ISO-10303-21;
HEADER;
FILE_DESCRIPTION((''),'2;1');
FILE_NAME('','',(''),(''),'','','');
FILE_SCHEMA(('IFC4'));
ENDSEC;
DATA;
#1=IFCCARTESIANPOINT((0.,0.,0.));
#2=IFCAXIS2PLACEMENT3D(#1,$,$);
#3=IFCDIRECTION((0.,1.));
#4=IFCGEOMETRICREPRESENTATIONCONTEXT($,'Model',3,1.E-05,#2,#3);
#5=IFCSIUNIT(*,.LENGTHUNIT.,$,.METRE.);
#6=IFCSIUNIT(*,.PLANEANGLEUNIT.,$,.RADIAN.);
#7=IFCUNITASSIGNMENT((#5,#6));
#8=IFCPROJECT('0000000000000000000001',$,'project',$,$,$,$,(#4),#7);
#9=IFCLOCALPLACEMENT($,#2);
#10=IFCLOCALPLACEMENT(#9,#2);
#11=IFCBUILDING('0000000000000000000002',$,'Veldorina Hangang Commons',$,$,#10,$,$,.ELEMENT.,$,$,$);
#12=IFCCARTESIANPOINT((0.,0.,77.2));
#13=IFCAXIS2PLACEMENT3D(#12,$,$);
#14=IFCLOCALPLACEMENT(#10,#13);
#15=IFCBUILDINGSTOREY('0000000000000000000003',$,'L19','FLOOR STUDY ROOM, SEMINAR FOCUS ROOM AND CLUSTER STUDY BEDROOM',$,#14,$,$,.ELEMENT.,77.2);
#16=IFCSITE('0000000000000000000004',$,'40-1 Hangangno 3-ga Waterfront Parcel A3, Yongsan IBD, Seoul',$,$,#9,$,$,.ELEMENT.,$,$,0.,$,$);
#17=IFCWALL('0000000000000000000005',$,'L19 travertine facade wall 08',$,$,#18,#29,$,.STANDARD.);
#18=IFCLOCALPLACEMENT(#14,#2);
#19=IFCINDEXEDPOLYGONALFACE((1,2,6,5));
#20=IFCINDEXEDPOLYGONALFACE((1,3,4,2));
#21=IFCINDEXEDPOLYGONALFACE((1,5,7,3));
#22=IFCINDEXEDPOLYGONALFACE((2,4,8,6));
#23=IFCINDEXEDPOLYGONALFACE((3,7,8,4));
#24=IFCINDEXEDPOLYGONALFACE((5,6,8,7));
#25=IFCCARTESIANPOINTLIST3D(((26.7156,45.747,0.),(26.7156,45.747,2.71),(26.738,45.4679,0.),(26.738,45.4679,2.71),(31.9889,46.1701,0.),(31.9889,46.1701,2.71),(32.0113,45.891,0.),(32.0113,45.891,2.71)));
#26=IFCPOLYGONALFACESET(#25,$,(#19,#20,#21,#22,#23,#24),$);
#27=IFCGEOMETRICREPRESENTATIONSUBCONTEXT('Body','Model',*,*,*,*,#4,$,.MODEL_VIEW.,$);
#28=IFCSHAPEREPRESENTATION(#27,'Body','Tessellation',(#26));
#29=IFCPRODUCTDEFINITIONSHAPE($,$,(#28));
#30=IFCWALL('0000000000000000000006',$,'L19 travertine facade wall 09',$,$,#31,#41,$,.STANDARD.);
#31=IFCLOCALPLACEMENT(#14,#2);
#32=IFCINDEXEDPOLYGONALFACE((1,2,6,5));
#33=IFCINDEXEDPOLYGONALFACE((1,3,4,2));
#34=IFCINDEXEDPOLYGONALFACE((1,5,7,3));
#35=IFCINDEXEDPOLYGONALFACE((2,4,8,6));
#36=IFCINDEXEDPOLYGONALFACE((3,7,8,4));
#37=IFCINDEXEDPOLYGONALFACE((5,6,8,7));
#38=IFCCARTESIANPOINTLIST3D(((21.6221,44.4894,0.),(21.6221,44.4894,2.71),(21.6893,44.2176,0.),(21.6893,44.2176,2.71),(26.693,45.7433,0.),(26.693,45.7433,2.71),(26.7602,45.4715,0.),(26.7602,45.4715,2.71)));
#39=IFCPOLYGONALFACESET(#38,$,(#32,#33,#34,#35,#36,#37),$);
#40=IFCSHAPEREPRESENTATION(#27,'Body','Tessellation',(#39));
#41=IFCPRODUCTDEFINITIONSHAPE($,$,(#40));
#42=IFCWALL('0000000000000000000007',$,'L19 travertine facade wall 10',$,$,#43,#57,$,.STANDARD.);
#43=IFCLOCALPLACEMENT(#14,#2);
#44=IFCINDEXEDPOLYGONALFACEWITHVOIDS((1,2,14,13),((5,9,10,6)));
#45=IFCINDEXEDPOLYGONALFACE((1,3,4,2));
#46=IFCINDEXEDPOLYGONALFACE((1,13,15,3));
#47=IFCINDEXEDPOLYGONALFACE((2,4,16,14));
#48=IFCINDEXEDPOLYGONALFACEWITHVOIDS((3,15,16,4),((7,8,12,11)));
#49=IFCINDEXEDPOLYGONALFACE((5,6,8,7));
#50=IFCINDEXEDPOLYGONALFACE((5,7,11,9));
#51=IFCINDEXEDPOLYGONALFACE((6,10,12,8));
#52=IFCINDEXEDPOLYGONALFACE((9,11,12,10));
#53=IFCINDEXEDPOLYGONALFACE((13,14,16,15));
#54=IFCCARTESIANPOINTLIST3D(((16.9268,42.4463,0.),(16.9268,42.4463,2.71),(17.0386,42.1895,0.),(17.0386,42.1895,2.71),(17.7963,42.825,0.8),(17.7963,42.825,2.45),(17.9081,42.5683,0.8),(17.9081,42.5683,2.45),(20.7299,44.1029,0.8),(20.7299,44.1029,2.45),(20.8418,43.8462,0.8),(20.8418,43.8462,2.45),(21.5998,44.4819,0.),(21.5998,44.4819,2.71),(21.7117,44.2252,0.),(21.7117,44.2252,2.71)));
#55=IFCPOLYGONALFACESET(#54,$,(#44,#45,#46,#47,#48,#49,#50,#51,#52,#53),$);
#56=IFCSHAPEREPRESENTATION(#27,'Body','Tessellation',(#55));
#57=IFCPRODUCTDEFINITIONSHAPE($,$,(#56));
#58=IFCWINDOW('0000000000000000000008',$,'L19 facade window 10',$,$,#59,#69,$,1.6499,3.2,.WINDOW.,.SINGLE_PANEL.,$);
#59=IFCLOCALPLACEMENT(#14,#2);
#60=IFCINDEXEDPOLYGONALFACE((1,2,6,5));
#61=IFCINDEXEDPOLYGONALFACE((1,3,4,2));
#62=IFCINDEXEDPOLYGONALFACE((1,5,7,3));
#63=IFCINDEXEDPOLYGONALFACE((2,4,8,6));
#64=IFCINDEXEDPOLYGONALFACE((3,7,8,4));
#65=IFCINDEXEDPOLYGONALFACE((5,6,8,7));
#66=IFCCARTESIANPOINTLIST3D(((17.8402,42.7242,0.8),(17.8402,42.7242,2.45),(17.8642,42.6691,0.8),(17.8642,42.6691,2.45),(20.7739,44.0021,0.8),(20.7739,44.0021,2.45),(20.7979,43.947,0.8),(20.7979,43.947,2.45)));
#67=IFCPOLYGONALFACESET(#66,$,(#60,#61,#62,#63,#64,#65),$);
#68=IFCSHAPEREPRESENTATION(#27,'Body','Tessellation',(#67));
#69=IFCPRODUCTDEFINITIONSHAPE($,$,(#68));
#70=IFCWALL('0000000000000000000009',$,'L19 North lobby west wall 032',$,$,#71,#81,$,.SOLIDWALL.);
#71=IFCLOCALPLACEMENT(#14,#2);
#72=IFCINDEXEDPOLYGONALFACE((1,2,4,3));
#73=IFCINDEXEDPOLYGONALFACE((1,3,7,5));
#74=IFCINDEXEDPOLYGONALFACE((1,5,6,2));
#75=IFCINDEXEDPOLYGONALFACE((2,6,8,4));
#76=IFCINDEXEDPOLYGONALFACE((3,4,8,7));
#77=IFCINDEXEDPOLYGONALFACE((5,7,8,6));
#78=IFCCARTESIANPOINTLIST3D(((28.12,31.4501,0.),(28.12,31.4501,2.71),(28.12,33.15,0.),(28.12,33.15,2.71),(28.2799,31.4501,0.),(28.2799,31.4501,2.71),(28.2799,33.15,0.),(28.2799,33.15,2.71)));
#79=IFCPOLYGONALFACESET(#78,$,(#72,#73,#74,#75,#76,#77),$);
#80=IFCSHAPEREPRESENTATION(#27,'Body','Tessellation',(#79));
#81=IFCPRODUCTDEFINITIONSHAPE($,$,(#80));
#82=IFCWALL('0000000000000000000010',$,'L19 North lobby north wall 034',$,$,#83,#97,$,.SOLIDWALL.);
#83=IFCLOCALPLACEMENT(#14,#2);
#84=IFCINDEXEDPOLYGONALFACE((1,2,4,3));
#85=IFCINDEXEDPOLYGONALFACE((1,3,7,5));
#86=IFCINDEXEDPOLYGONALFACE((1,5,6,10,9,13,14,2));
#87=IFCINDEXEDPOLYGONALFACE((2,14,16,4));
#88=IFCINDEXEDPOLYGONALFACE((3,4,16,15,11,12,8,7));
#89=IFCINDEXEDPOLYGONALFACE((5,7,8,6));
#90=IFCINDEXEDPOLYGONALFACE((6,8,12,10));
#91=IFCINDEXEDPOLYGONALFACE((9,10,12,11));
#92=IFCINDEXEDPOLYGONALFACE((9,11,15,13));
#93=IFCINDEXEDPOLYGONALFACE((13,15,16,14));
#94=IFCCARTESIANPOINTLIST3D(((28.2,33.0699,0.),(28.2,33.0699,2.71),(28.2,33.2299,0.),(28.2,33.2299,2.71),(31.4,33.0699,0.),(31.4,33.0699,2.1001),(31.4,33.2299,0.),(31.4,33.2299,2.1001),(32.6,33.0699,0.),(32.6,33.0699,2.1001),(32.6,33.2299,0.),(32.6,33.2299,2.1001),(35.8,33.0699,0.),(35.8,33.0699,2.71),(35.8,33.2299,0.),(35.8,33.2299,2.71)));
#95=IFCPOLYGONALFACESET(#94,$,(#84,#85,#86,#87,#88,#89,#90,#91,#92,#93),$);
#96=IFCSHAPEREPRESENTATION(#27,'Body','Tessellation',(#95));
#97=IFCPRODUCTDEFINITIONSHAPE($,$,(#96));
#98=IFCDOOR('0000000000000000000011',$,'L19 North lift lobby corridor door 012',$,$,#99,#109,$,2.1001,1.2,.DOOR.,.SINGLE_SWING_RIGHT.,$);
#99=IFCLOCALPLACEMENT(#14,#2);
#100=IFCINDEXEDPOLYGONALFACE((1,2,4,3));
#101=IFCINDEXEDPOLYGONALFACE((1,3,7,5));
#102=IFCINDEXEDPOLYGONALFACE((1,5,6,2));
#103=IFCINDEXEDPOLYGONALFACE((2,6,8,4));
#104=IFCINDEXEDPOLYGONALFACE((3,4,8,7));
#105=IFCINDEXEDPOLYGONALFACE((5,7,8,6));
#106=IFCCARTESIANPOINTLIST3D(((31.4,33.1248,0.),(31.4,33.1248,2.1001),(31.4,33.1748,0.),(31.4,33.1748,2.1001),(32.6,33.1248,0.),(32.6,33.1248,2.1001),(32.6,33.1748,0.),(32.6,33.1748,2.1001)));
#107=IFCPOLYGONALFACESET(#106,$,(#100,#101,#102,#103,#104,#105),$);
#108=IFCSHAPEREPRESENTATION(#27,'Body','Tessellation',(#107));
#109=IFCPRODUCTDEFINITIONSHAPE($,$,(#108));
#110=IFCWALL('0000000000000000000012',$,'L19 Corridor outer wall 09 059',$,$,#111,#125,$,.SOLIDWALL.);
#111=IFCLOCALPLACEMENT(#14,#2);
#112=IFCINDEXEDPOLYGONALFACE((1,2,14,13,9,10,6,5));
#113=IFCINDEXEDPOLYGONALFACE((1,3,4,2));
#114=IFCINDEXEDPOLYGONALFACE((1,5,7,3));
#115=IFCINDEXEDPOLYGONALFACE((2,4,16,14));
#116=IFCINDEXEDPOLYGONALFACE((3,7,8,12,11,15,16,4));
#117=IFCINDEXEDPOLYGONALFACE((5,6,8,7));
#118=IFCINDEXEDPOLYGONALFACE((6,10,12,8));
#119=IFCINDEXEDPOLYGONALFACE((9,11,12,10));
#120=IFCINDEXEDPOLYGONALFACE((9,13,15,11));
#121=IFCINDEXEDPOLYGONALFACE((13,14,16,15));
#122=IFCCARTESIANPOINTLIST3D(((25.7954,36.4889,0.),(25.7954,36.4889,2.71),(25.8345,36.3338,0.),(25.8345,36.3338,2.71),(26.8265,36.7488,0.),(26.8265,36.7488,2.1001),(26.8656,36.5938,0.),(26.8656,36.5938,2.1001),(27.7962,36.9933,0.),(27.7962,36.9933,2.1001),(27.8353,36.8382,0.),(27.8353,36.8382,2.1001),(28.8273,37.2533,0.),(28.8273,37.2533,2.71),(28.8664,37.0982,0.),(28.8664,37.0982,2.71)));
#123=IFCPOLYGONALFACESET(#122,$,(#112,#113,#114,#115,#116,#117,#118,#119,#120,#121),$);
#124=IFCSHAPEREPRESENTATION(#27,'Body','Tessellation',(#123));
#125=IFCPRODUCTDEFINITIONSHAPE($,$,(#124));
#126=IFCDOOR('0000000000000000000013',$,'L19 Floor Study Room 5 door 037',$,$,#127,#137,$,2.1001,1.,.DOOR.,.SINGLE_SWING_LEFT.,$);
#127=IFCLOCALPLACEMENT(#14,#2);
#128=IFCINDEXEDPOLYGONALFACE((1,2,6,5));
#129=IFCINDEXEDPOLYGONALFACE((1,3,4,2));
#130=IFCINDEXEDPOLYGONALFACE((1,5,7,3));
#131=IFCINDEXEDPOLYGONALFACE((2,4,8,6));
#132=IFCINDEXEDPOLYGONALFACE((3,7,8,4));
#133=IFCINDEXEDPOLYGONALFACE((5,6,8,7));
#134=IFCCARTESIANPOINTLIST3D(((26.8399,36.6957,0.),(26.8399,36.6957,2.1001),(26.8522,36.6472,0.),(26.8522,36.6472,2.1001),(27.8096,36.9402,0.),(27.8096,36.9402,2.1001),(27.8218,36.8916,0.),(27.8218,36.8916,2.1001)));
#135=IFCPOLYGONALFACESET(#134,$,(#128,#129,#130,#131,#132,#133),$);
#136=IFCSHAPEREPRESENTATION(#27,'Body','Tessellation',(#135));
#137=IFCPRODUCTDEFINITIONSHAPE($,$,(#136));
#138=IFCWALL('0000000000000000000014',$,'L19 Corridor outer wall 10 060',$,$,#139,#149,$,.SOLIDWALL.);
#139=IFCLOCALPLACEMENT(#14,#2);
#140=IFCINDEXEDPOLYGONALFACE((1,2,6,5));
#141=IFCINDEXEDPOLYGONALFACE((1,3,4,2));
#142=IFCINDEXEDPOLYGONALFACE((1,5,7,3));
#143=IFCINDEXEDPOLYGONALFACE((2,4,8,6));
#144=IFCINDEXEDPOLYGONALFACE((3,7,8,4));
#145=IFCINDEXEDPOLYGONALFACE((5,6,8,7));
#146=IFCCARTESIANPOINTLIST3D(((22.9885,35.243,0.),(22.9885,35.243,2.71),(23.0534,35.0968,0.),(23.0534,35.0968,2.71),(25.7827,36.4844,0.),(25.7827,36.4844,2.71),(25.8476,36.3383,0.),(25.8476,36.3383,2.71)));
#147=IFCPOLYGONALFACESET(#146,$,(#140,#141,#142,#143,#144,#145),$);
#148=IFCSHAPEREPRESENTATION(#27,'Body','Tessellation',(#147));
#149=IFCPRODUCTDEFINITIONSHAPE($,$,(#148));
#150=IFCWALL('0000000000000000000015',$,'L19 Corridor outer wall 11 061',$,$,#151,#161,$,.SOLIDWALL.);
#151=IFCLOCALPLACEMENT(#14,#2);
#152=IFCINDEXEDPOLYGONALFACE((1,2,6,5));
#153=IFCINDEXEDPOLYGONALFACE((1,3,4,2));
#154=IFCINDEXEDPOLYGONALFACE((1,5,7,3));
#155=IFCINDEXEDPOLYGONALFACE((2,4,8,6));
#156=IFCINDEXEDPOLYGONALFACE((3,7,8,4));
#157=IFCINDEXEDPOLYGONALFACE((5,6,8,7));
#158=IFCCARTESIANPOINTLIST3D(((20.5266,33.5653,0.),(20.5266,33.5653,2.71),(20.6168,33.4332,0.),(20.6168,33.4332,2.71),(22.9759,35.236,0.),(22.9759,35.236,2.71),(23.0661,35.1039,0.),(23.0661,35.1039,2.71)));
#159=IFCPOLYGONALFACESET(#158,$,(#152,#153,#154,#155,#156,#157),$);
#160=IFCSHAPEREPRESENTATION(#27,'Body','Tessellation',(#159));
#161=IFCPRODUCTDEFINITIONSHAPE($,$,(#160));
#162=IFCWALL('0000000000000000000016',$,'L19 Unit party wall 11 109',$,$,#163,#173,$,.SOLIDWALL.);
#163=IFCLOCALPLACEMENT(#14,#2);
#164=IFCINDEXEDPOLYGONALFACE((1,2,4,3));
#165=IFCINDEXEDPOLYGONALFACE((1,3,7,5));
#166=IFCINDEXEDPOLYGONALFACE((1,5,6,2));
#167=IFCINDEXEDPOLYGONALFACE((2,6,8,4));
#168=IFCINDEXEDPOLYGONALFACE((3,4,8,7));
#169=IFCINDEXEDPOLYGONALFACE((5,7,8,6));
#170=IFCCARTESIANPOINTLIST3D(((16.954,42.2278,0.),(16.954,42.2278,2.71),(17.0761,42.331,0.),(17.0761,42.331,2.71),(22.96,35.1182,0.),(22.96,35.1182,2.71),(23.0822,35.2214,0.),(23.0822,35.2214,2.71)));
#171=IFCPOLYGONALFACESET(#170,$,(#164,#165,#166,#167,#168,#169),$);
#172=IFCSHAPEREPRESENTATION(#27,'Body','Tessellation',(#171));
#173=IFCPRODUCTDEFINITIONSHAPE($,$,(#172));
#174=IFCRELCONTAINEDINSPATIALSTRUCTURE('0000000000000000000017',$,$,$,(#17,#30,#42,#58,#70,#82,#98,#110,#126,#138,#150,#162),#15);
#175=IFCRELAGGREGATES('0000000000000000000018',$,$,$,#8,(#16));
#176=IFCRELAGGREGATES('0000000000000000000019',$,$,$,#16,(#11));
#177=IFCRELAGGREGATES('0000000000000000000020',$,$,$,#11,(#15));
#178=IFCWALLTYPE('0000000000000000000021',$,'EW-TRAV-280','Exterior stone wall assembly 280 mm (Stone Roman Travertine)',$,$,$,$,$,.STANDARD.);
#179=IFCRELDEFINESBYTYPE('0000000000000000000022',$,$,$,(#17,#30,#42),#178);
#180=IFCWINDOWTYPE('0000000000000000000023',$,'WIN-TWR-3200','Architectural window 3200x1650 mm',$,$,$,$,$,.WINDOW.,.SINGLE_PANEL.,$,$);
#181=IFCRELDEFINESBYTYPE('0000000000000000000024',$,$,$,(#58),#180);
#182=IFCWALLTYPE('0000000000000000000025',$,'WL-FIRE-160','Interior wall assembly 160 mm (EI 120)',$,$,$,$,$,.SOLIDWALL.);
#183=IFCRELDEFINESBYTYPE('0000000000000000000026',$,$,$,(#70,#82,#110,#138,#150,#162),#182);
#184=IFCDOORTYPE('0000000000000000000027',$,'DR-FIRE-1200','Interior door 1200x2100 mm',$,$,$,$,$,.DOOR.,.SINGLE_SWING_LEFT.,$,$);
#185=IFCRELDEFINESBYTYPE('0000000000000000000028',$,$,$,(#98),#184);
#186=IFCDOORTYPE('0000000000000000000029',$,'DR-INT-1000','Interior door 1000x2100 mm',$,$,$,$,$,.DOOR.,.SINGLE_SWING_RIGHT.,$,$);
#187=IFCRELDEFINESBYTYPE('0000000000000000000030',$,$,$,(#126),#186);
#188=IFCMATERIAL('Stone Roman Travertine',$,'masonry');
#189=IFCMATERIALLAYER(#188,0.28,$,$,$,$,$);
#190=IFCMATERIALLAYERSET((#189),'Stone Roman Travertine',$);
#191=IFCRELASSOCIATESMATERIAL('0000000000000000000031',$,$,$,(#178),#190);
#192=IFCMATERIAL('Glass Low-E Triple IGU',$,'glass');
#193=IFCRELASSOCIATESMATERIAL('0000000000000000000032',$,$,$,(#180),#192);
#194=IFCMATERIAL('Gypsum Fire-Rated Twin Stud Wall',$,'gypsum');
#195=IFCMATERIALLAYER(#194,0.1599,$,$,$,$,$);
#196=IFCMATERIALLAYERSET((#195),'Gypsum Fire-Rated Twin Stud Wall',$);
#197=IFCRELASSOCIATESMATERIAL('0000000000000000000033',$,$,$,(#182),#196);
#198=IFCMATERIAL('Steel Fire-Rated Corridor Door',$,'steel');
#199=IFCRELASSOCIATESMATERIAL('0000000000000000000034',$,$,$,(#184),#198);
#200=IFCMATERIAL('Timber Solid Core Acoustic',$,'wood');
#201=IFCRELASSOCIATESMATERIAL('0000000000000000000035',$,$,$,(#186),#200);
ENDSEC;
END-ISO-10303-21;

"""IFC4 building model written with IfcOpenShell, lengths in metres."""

from ifc_helpers import new_model, si_unit, direction, frame, frame_2d, origin, place, context, subcontext, project, spatial, rectangle, extrude, material, layer, layer_set, type_object, element, fill, save


model = new_model("IFC4")

# Units and contexts
model_context = context("Model", 3, precision=1e-05, world=origin(), true_north=direction((0.0, 1.0)))
body_context = subcontext(model_context, "Body", "Model", "MODEL_VIEW")
ifc_project = project(units=[si_unit("LENGTHUNIT", "METRE"), si_unit("PLANEANGLEUNIT", "RADIAN")], contexts=[model_context])

# Site, building, storey
site_placement = place(None, origin())
site = spatial("IfcSite", under=ifc_project, at=site_placement, Name="40-1 Hangangno 3-ga Waterfront Parcel A3, Yongsan IBD, Seoul", CompositionType="ELEMENT", RefElevation=0.0)
building_placement = place(site_placement, origin())
building = spatial("IfcBuilding", under=site, at=building_placement, Name="Veldorina Hangang Commons", CompositionType="ELEMENT")
storey_placement = place(building_placement, frame((0.0, 0.0, 77.2)))
storey = spatial("IfcBuildingStorey", under=building, at=storey_placement, Name="L19", Description="FLOOR STUDY ROOM, SEMINAR FOCUS ROOM AND CLUSTER STUDY BEDROOM", CompositionType="ELEMENT", Elevation=77.2)

# Walls
ifc_material_1 = material(Name="Stone Roman Travertine", Category="masonry")
ifc_layer_1 = layer(ifc_material_1, 0.28)
ifc_layer_set_1 = layer_set([ifc_layer_1], Name="Stone Roman Travertine")
wall_type_1 = type_object("IfcWallType", Name="EW-TRAV-280", Description="Exterior stone wall assembly 280 mm (Stone Roman Travertine)", PredefinedType="STANDARD", material=ifc_layer_set_1)
wall_1_placement = place(storey_placement, frame((32.0, 46.0305, 0.0), z_axis=(0.0, 0.0, 1.0), x_axis=(-0.996797, -0.079974, 0.0)))
element("IfcWall", 1, at=wall_1_placement, inside=storey, type_object=wall_type_1, Name="L19 travertine facade wall 08", PredefinedType="STANDARD", context=body_context, shape_type="SweptSolid", body=[
    extrude(rectangle(XDim=5.2903, YDim=0.28, at=frame_2d((2.645, 0.0))), origin(), (0.0, 0.0, 1.0), 2.71),
])
wall_2_placement = place(storey_placement, frame((26.7266, 45.6074, 0.0), z_axis=(0.0, 0.0, 1.0), x_axis=(-0.970761, -0.240049, 0.0)))
element("IfcWall", 2, at=wall_2_placement, inside=storey, type_object=wall_type_1, Name="L19 travertine facade wall 09", PredefinedType="STANDARD", context=body_context, shape_type="SweptSolid", body=[
    extrude(rectangle(XDim=5.2236, YDim=0.28, at=frame_2d((2.6118, 0.0))), origin(), (0.0, 0.0, 1.0), 2.71),
])

# Wall, opening, window
wall_3_placement = place(storey_placement, frame((21.6558, 44.3535, 0.0), z_axis=(0.0, 0.0, 1.0), x_axis=(-0.916793, -0.399364, 0.0)))
wall_3 = element("IfcWall", 3, at=wall_3_placement, inside=storey, type_object=wall_type_1, Name="L19 travertine facade wall 10", PredefinedType="STANDARD", context=body_context, shape_type="SweptSolid", body=[
    extrude(rectangle(XDim=5.0972, YDim=0.28, at=frame_2d((2.5486, 0.0))), origin(), (0.0, 0.0, 1.0), 2.71),
])
opening_1_placement = place(wall_3_placement, frame((0.9487, 0.0, 0.8)))
opening_1 = element("IfcOpeningElement", 4, at=opening_1_placement, cuts=wall_3, PredefinedType="OPENING", context=body_context, shape_type="SweptSolid", body=[
    extrude(rectangle(XDim=3.2, YDim=1.6499, at=frame_2d((1.6001, 0.825))), frame((0.0, 0.1499, 0.0), z_axis=(0.0, -1.0, 0.0), x_axis=(1.0, 0.0, 0.0)), (0.0, 0.0, 1.0), 0.3),
])
ifc_material_2 = material(Name="Glass Low-E Triple IGU", Category="glass")
window_type = type_object("IfcWindowType", Name="WIN-TWR-3200", Description="Architectural window 3200x1650 mm", PartitioningType="SINGLE_PANEL", PredefinedType="WINDOW", material=ifc_material_2)
window_placement = place(opening_1_placement, origin())
window = element("IfcWindow", 5, at=window_placement, inside=storey, type_object=window_type, Name="L19 facade window 10", OverallHeight=1.6499, OverallWidth=3.2, PartitioningType="SINGLE_PANEL", PredefinedType="WINDOW", context=body_context, shape_type="SweptSolid", body=[
    extrude(rectangle(XDim=3.2, YDim=1.6499, at=frame_2d((1.6001, 0.825))), frame((0.0, 0.03, 0.0), z_axis=(0.0, -1.0, 0.0), x_axis=(1.0, 0.0, 0.0)), (0.0, 0.0, 1.0), 0.0601),
])
fill(opening_1, window)

# Wall
ifc_material_3 = material(Name="Gypsum Fire-Rated Twin Stud Wall", Category="gypsum")
ifc_layer_2 = layer(ifc_material_3, 0.1599)
ifc_layer_set_2 = layer_set([ifc_layer_2], Name="Gypsum Fire-Rated Twin Stud Wall")
wall_type_2 = type_object("IfcWallType", Name="WL-FIRE-160", Description="Interior wall assembly 160 mm (EI 120)", PredefinedType="SOLIDWALL", material=ifc_layer_set_2)
wall_4_placement = place(storey_placement, frame((28.2, 31.45, 0.0), z_axis=(0.0, 0.0, 1.0), x_axis=(0.0, 1.0, 0.0)))
element("IfcWall", 6, at=wall_4_placement, inside=storey, type_object=wall_type_2, Name="L19 North lobby west wall 032", PredefinedType="SOLIDWALL", context=body_context, shape_type="SweptSolid", body=[
    extrude(rectangle(XDim=1.7, YDim=0.1599, at=frame_2d((0.8501, 0.0))), origin(), (0.0, 0.0, 1.0), 2.71),
])

# Walls, openings, doors
wall_5_placement = place(storey_placement, frame((28.2, 33.1499, 0.0), z_axis=(0.0, 0.0, 1.0), x_axis=(1.0, 0.0, 0.0)))
wall_5 = element("IfcWall", 7, at=wall_5_placement, inside=storey, type_object=wall_type_2, Name="L19 North lobby north wall 034", PredefinedType="SOLIDWALL", context=body_context, shape_type="SweptSolid", body=[
    extrude(rectangle(XDim=7.6001, YDim=0.1599, at=frame_2d((3.8, 0.0))), origin(), (0.0, 0.0, 1.0), 2.71),
])
opening_2_placement = place(wall_5_placement, frame((3.2, 0.0, 0.0)))
opening_2 = element("IfcOpeningElement", 8, at=opening_2_placement, cuts=wall_5, PredefinedType="OPENING", context=body_context, shape_type="SweptSolid", body=[
    extrude(rectangle(XDim=1.2, YDim=2.1001, at=frame_2d((0.6001, 1.05))), frame((0.0, 0.0898, 0.0), z_axis=(0.0, -1.0, 0.0), x_axis=(1.0, 0.0, 0.0)), (0.0, 0.0, 1.0), 0.1799),
])
ifc_material_4 = material(Name="Steel Fire-Rated Corridor Door", Category="steel")
door_type_1 = type_object("IfcDoorType", Name="DR-FIRE-1200", Description="Interior door 1200x2100 mm", OperationType="SINGLE_SWING_LEFT", PredefinedType="DOOR", material=ifc_material_4)
door_1_placement = place(opening_2_placement, origin())
door_1 = element("IfcDoor", 9, at=door_1_placement, inside=storey, type_object=door_type_1, Name="L19 North lift lobby corridor door 012", OperationType="SINGLE_SWING_RIGHT", OverallHeight=2.1001, OverallWidth=1.2, PredefinedType="DOOR", context=body_context, shape_type="SweptSolid", body=[
    extrude(rectangle(XDim=1.2, YDim=2.1001, at=frame_2d((0.6001, 1.05))), frame((0.0, 0.0249, 0.0), z_axis=(0.0, -1.0, 0.0), x_axis=(1.0, 0.0, 0.0)), (0.0, 0.0, 1.0), 0.05),
])
fill(opening_2, door_1)
wall_6_placement = place(storey_placement, frame((28.8469, 37.1758, 0.0), z_axis=(0.0, 0.0, 1.0), x_axis=(-0.969654, -0.244483, 0.0)))
wall_6 = element("IfcWall", 10, at=wall_6_placement, inside=storey, type_object=wall_type_2, Name="L19 Corridor outer wall 09 059", PredefinedType="SOLIDWALL", context=body_context, shape_type="SweptSolid", body=[
    extrude(rectangle(XDim=3.1267, YDim=0.1599, at=frame_2d((1.5635, 0.0))), origin(), (0.0, 0.0, 1.0), 2.71),
])
opening_3_placement = place(wall_6_placement, frame((1.0635, 0.0, 0.0)))
opening_3 = element("IfcOpeningElement", 11, at=opening_3_placement, cuts=wall_6, PredefinedType="OPENING", context=body_context, shape_type="SweptSolid", body=[
    extrude(rectangle(XDim=1.0, YDim=2.1001, at=frame_2d((0.5, 1.05))), frame((0.0, 0.0898, 0.0), z_axis=(0.0, -1.0, 0.0), x_axis=(1.0, 0.0, 0.0)), (0.0, 0.0, 1.0), 0.1799),
])
ifc_material_5 = material(Name="Timber Solid Core Acoustic", Category="wood")
door_type_2 = type_object("IfcDoorType", Name="DR-INT-1000", Description="Interior door 1000x2100 mm", OperationType="SINGLE_SWING_RIGHT", PredefinedType="DOOR", material=ifc_material_5)
door_2_placement = place(opening_3_placement, origin())
door_2 = element("IfcDoor", 12, at=door_2_placement, inside=storey, type_object=door_type_2, Name="L19 Floor Study Room 5 door 037", OperationType="SINGLE_SWING_LEFT", OverallHeight=2.1001, OverallWidth=1.0, PredefinedType="DOOR", context=body_context, shape_type="SweptSolid", body=[
    extrude(rectangle(XDim=1.0, YDim=2.1001, at=frame_2d((0.5, 1.05))), frame((0.0, 0.0249, 0.0), z_axis=(0.0, -1.0, 0.0), x_axis=(1.0, 0.0, 0.0)), (0.0, 0.0, 1.0), 0.05),
])
fill(opening_3, door_2)

# Walls
wall_7_placement = place(storey_placement, frame((25.8152, 36.4114, 0.0), z_axis=(0.0, 0.0, 1.0), x_axis=(-0.913861, -0.406027, 0.0)))
element("IfcWall", 13, at=wall_7_placement, inside=storey, type_object=wall_type_2, Name="L19 Corridor outer wall 10 060", PredefinedType="SOLIDWALL", context=body_context, shape_type="SweptSolid", body=[
    extrude(rectangle(XDim=3.0576, YDim=0.1599, at=frame_2d((1.5288, 0.0))), origin(), (0.0, 0.0, 1.0), 2.71),
])
wall_8_placement = place(storey_placement, frame((23.021, 35.1699, 0.0), z_axis=(0.0, 0.0, 1.0), x_axis=(-0.826112, -0.563505, 0.0)))
element("IfcWall", 14, at=wall_8_placement, inside=storey, type_object=wall_type_2, Name="L19 Corridor outer wall 11 061", PredefinedType="SOLIDWALL", context=body_context, shape_type="SweptSolid", body=[
    extrude(rectangle(XDim=2.9648, YDim=0.1599, at=frame_2d((1.4824, 0.0))), origin(), (0.0, 0.0, 1.0), 2.71),
])
wall_9_placement = place(storey_placement, frame((23.021, 35.1699, 0.0), z_axis=(0.0, 0.0, 1.0), x_axis=(-0.645333, 0.763901, 0.0)))
element("IfcWall", 15, at=wall_9_placement, inside=storey, type_object=wall_type_2, Name="L19 Unit party wall 11 109", PredefinedType="SOLIDWALL", context=body_context, shape_type="SweptSolid", body=[
    extrude(rectangle(XDim=9.3069, YDim=0.1599, at=frame_2d((4.6533, 0.0))), origin(), (0.0, 0.0, 1.0), 2.71),
])

save(model, "model.ifc")
